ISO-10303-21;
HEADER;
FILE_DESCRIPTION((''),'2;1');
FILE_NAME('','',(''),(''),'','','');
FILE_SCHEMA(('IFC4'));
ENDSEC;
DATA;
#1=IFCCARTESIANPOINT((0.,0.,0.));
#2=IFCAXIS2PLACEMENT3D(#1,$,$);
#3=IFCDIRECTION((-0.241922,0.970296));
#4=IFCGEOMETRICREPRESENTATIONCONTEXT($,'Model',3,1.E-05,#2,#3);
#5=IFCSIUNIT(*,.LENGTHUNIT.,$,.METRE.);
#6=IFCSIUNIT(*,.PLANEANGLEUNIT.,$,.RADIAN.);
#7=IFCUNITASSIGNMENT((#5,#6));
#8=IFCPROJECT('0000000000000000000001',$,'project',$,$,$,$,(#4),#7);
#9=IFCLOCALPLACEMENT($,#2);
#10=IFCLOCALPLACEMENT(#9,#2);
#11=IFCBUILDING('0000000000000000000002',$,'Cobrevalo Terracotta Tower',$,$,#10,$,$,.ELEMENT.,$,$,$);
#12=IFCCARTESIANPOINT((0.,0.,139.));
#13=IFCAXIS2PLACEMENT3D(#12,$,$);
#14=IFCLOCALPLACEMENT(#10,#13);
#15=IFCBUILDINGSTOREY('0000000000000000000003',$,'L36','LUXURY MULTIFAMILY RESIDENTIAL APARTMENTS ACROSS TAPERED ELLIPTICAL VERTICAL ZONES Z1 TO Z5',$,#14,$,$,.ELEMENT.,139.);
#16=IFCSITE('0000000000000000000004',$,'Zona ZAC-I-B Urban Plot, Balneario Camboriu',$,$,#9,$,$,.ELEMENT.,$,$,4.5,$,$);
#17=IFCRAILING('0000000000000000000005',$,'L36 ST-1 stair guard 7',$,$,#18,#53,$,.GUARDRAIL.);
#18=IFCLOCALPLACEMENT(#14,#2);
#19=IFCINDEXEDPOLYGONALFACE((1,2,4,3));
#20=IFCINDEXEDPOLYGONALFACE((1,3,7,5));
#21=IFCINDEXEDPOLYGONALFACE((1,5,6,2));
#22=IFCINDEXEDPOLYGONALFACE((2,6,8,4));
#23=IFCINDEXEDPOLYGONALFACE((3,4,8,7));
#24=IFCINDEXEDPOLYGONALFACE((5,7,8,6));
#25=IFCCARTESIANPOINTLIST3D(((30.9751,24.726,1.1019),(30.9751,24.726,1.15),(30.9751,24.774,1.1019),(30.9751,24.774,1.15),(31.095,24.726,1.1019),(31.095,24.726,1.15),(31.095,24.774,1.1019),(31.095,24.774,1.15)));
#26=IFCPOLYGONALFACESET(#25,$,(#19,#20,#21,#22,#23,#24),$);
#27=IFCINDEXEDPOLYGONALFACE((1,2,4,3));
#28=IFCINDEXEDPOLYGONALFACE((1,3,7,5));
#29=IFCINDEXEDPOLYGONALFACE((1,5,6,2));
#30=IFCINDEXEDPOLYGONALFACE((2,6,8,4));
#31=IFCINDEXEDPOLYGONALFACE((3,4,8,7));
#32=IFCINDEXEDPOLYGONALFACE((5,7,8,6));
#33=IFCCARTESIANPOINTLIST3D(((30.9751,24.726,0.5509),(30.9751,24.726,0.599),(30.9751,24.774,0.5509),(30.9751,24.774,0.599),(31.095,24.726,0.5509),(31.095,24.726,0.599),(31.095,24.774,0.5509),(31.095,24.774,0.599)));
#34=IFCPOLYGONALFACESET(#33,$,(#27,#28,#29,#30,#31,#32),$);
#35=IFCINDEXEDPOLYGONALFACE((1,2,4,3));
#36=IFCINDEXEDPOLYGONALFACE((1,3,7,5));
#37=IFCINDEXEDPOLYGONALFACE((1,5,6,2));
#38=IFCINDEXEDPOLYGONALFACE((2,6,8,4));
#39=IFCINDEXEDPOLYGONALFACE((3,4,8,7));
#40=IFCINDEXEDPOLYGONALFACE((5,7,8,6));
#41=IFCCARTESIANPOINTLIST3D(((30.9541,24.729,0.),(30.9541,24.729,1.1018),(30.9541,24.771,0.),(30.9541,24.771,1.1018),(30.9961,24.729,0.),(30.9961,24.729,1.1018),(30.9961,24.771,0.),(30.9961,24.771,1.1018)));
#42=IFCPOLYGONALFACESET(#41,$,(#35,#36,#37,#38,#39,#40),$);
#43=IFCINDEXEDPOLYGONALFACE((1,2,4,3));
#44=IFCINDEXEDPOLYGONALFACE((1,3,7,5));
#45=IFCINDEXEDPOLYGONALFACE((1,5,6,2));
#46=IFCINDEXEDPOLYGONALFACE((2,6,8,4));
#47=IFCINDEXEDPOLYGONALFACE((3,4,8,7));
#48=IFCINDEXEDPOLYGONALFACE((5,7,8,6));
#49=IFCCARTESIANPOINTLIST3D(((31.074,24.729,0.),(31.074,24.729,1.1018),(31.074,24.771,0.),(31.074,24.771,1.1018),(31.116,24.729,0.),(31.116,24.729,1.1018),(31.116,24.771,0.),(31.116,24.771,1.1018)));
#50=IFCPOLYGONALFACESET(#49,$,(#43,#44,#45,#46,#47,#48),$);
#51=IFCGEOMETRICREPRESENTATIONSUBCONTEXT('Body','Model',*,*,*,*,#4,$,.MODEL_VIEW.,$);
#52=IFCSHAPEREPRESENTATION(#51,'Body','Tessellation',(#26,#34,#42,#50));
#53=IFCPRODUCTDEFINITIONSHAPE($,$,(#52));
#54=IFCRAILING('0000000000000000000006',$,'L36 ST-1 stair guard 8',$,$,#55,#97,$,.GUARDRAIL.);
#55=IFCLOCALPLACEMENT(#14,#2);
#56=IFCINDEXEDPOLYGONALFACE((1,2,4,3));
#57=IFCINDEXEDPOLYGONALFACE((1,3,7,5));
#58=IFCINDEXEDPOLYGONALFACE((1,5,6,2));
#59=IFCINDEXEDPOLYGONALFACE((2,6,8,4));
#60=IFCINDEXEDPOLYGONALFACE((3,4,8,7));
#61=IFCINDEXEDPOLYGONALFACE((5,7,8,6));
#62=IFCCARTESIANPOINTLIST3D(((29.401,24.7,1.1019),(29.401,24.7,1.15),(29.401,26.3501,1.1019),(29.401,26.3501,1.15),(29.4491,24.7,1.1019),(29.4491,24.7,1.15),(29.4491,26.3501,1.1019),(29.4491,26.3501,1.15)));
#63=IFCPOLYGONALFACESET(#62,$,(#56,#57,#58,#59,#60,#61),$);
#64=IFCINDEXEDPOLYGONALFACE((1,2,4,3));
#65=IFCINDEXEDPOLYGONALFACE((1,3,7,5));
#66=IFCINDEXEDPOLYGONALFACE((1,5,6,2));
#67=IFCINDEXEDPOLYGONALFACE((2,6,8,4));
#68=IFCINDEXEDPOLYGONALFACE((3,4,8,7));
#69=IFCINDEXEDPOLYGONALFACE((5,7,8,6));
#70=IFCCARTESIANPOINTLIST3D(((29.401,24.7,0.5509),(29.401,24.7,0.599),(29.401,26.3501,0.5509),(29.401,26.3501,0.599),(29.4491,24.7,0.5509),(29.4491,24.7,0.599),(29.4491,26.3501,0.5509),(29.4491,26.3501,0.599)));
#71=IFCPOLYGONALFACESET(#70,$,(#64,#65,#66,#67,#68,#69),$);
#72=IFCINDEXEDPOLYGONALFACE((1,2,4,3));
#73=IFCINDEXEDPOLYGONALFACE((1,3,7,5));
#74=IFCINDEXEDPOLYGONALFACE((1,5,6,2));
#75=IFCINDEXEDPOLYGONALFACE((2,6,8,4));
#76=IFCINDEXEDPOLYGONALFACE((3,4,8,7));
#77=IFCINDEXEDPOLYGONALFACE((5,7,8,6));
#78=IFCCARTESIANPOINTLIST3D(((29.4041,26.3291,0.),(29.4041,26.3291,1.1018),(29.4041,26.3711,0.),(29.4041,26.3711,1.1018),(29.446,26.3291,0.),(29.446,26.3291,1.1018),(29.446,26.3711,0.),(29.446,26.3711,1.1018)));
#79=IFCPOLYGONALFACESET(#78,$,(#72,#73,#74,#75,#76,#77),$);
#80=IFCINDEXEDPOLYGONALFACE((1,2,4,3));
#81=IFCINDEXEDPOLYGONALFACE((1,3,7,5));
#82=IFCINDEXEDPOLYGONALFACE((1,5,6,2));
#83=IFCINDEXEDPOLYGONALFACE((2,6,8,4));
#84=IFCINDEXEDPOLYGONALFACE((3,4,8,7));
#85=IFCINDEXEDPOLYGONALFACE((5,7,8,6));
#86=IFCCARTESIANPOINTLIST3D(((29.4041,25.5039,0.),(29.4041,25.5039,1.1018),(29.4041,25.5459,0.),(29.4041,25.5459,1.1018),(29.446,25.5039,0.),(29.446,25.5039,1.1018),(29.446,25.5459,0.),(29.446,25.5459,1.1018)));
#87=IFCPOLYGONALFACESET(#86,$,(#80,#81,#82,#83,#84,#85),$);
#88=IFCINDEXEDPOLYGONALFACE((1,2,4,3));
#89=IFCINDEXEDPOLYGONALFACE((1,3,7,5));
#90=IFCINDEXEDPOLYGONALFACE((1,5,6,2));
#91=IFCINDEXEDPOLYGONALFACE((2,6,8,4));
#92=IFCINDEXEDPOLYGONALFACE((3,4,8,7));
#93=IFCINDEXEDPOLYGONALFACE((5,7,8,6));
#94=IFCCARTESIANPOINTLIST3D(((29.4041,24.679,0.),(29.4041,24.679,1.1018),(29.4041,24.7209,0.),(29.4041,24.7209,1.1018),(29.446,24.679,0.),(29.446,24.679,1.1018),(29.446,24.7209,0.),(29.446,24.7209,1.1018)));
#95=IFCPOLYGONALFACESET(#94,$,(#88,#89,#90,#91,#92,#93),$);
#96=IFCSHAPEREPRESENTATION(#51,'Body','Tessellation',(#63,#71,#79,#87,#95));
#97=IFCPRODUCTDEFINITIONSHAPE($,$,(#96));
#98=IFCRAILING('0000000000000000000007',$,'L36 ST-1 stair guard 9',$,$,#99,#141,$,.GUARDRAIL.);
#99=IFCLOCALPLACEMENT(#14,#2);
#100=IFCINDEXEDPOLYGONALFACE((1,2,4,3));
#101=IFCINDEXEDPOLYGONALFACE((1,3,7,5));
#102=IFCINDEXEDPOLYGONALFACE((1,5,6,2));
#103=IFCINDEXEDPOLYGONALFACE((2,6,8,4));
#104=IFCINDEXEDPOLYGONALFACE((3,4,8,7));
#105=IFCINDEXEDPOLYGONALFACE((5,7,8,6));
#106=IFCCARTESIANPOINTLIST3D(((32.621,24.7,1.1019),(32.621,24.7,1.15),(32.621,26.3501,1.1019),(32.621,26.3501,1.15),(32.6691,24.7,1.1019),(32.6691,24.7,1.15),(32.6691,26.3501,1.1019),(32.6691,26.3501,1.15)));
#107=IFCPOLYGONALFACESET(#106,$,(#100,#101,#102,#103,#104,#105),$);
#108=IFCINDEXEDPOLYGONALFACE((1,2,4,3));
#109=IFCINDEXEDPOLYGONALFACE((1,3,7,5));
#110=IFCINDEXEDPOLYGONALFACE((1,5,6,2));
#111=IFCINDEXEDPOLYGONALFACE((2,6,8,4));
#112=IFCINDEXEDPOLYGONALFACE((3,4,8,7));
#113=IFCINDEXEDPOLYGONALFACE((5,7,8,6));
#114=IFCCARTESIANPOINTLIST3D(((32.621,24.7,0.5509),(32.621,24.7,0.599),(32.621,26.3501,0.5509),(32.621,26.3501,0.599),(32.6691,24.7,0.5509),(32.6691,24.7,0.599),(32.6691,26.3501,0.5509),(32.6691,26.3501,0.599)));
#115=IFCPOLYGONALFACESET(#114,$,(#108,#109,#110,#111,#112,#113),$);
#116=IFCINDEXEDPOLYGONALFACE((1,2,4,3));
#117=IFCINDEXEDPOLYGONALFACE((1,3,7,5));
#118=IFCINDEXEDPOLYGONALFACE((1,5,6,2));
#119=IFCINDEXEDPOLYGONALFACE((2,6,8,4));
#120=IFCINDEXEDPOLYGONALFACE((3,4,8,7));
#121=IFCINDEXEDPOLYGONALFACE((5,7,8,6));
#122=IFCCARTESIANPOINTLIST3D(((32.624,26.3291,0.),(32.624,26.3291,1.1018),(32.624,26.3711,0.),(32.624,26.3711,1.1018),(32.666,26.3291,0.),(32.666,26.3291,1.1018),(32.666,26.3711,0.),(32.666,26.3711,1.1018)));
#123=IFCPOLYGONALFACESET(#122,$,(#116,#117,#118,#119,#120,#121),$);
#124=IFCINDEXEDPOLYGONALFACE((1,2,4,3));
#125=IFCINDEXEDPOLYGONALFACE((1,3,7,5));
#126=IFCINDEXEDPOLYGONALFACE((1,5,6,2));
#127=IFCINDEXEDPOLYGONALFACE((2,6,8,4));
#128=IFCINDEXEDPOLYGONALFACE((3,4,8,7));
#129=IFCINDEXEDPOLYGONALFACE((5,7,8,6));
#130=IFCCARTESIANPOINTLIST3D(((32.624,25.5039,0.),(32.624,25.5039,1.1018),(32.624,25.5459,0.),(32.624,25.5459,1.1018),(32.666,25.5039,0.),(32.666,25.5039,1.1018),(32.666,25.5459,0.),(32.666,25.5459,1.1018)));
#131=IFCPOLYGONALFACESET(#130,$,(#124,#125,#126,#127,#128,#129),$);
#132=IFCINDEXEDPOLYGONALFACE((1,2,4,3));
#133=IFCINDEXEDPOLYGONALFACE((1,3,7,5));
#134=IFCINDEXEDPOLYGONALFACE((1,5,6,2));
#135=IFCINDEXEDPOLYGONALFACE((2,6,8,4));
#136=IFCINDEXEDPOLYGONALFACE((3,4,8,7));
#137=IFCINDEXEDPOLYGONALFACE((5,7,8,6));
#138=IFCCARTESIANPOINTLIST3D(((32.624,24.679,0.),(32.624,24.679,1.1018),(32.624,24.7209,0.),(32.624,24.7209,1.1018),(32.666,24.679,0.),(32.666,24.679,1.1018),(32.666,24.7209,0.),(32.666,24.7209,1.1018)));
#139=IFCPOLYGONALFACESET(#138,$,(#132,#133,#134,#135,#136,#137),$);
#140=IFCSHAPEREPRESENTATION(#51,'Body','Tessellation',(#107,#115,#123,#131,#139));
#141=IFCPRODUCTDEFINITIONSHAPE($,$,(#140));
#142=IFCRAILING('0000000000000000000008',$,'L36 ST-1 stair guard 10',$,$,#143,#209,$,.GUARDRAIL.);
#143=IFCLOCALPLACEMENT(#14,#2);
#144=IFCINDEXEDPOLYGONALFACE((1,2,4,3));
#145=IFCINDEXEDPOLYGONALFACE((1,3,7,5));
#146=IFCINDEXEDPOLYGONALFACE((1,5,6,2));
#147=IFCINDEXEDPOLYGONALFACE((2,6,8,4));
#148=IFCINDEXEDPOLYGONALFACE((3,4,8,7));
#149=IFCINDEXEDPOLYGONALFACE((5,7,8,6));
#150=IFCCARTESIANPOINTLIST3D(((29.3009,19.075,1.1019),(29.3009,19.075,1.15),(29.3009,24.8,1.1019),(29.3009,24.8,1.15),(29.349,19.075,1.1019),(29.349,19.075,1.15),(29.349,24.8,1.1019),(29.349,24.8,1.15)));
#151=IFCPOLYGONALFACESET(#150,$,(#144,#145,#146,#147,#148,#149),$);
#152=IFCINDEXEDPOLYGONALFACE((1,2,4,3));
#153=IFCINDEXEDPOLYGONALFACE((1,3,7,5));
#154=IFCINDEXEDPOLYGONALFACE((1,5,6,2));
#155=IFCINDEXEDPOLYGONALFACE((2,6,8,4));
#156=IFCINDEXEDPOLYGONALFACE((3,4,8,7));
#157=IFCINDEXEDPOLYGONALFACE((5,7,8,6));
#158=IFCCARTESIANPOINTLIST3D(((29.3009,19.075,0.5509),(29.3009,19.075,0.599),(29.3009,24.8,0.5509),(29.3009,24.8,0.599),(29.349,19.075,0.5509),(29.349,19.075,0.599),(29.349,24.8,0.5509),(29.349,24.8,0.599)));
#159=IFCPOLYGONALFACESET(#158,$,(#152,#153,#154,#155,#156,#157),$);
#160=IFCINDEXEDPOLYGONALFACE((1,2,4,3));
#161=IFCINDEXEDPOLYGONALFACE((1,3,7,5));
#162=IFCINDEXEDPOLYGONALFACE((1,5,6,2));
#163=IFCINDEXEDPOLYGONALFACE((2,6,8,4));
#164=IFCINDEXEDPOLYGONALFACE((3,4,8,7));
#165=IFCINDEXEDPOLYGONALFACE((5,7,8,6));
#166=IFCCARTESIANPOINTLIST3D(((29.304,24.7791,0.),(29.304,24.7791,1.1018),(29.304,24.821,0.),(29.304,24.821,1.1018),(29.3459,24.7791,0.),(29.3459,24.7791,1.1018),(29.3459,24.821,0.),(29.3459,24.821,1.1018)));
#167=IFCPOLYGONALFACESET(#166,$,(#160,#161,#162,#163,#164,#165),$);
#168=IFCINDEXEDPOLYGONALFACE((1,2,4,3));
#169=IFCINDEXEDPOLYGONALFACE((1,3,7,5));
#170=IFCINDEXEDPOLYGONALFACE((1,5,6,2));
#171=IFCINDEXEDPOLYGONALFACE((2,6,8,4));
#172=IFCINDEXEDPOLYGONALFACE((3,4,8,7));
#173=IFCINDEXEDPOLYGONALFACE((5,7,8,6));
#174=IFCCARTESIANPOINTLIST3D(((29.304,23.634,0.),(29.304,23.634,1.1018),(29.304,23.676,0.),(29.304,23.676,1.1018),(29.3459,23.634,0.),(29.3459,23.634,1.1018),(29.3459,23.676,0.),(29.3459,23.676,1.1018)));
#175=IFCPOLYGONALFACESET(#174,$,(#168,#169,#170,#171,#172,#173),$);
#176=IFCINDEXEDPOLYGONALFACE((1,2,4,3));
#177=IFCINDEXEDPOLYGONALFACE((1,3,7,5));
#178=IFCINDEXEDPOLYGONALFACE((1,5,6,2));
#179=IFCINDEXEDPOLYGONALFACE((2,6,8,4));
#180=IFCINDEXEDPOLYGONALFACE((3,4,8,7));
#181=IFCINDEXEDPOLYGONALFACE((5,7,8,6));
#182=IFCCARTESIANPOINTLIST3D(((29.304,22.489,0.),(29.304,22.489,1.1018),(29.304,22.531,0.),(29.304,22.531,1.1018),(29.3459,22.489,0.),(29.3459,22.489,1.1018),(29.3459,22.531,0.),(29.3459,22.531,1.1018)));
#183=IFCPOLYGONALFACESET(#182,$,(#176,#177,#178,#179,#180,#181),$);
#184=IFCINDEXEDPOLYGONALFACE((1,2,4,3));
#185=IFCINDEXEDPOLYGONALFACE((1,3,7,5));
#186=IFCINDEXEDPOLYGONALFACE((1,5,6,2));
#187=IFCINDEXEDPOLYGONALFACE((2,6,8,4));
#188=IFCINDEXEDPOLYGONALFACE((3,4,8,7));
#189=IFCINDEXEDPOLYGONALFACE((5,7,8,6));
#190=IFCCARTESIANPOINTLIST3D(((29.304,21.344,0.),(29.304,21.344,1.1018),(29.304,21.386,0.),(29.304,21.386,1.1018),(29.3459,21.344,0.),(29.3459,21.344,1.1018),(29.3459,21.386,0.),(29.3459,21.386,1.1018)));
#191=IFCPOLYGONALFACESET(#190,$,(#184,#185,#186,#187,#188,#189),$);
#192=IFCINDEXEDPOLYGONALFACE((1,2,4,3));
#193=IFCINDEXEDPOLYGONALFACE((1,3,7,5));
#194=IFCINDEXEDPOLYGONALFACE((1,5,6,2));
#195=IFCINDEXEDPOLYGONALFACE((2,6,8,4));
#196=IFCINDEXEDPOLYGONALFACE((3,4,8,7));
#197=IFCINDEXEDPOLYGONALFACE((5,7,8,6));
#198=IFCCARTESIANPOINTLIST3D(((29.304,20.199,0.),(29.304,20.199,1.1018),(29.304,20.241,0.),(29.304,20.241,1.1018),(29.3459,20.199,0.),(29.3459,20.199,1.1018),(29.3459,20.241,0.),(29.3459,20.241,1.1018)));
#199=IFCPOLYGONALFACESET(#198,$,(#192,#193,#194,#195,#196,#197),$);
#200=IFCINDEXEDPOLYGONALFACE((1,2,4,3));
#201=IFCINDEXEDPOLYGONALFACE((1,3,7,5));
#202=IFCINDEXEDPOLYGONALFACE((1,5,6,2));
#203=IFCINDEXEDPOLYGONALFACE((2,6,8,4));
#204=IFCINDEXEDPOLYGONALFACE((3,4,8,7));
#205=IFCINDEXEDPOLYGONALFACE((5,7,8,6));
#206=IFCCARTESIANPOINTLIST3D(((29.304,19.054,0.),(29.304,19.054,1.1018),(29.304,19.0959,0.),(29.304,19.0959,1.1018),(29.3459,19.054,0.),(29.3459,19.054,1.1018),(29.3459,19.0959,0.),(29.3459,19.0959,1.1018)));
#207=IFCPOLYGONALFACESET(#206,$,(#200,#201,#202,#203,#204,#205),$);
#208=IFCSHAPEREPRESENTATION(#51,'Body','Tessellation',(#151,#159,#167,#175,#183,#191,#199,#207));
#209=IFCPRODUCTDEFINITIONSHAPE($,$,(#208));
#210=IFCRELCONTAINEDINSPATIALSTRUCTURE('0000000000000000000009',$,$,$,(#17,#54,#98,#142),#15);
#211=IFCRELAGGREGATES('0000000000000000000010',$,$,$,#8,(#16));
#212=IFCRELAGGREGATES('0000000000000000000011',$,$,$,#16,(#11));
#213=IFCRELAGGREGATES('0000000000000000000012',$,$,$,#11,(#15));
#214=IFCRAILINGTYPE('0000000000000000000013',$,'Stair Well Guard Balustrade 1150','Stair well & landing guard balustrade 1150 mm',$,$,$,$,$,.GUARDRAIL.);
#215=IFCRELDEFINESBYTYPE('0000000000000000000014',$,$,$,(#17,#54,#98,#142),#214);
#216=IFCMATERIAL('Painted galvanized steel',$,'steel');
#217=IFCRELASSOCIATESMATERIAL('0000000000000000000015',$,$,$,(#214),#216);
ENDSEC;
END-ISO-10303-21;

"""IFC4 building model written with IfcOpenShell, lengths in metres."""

from ifc_helpers import new_model, si_unit, direction, frame, origin, origin_2d, place, context, subcontext, project, spatial, rectangle, extrude, material, type_object, element, save


model = new_model("IFC4")

# Units and contexts
model_context = context("Model", 3, precision=1e-05, world=origin(), true_north=direction((-0.241922, 0.970296)))
body_context = subcontext(model_context, "Body", "Model", "MODEL_VIEW")
ifc_project = project(units=[si_unit("LENGTHUNIT", "METRE"), si_unit("PLANEANGLEUNIT", "RADIAN")], contexts=[model_context])

# Site, building, storey
site_placement = place(None, origin())
site = spatial("IfcSite", under=ifc_project, at=site_placement, Name="Zona ZAC-I-B Urban Plot, Balneario Camboriu", CompositionType="ELEMENT", RefElevation=4.5)
building_placement = place(site_placement, origin())
building = spatial("IfcBuilding", under=site, at=building_placement, Name="Cobrevalo Terracotta Tower", CompositionType="ELEMENT")
storey_placement = place(building_placement, frame((0.0, 0.0, 139.0)))
storey = spatial("IfcBuildingStorey", under=building, at=storey_placement, Name="L36", Description="LUXURY MULTIFAMILY RESIDENTIAL APARTMENTS ACROSS TAPERED ELLIPTICAL VERTICAL ZONES Z1 TO Z5", CompositionType="ELEMENT", Elevation=139.0)

# Railings
ifc_material_1 = material(Name="Painted galvanized steel", Category="steel")
railing_type_1 = type_object("IfcRailingType", Name="Stair Well Guard Balustrade 1150", Description="Stair well & landing guard balustrade 1150 mm", PredefinedType="GUARDRAIL", material=ifc_material_1)
railing_1_placement = place(storey_placement, frame((30.9751, 24.75, 0.0)))
element("IfcRailing", 1, at=railing_1_placement, inside=storey, type_object=railing_type_1, Name="L36 ST-1 stair guard 7", PredefinedType="GUARDRAIL", context=body_context, shape_type="SweptSolid", body=[
    extrude(rectangle(XDim=0.0481, YDim=0.0481, at=origin_2d()), frame((0.0, 0.0, 1.126), z_axis=(1.0, 0.0, 0.0), x_axis=(0.0, 1.0, 0.0)), (0.0, 0.0, 1.0), 0.1199),
    extrude(rectangle(XDim=0.0481, YDim=0.0481, at=origin_2d()), frame((0.0, 0.0, 0.575), z_axis=(1.0, 0.0, 0.0), x_axis=(0.0, 1.0, 0.0)), (0.0, 0.0, 1.0), 0.1199),
    extrude(rectangle(XDim=0.042, YDim=0.042, at=origin_2d()), origin(), (0.0, 0.0, 1.0), 1.1018),
    extrude(rectangle(XDim=0.042, YDim=0.042, at=origin_2d()), frame((0.1199, 0.0, 0.0)), (0.0, 0.0, 1.0), 1.1018),
])
for number, where, name in (
    (2, (29.425, 26.3501, 0.0), "L36 ST-1 stair guard 8"),
    (3, (32.645, 26.3501, 0.0), "L36 ST-1 stair guard 9"),
):
    element("IfcRailing", number, at=place(storey_placement, frame(where)), inside=storey, type_object=railing_type_1, Name=name, PredefinedType="GUARDRAIL", context=body_context, shape_type="SweptSolid", body=[
        extrude(rectangle(XDim=0.0481, YDim=0.0481, at=origin_2d()), frame((0.0, 0.0, 1.126), z_axis=(0.0, -1.0, 0.0), x_axis=(1.0, 0.0, 0.0)), (0.0, 0.0, 1.0), 1.6501),
        extrude(rectangle(XDim=0.0481, YDim=0.0481, at=origin_2d()), frame((0.0, 0.0, 0.575), z_axis=(0.0, -1.0, 0.0), x_axis=(1.0, 0.0, 0.0)), (0.0, 0.0, 1.0), 1.6501),
        extrude(rectangle(XDim=0.042, YDim=0.042, at=origin_2d()), origin(), (0.0, 0.0, 1.0), 1.1018),
        extrude(rectangle(XDim=0.042, YDim=0.042, at=origin_2d()), frame((0.0, -0.8252, 0.0)), (0.0, 0.0, 1.0), 1.1018),
        extrude(rectangle(XDim=0.042, YDim=0.042, at=origin_2d()), frame((0.0, -1.6501, 0.0)), (0.0, 0.0, 1.0), 1.1018),
    ])
for number, where, name in (
    (4, (29.325, 24.8, 0.0), "L36 ST-1 stair guard 10"),
):
    element("IfcRailing", number, at=place(storey_placement, frame(where)), inside=storey, type_object=railing_type_1, Name=name, PredefinedType="GUARDRAIL", context=body_context, shape_type="SweptSolid", body=[
        extrude(rectangle(XDim=0.0481, YDim=0.0481, at=origin_2d()), frame((0.0, 0.0, 1.126), z_axis=(0.0, -1.0, 0.0), x_axis=(1.0, 0.0, 0.0)), (0.0, 0.0, 1.0), 5.7251),
        extrude(rectangle(XDim=0.0481, YDim=0.0481, at=origin_2d()), frame((0.0, 0.0, 0.575), z_axis=(0.0, -1.0, 0.0), x_axis=(1.0, 0.0, 0.0)), (0.0, 0.0, 1.0), 5.7251),
        extrude(rectangle(XDim=0.042, YDim=0.042, at=origin_2d()), origin(), (0.0, 0.0, 1.0), 1.1018),
        extrude(rectangle(XDim=0.042, YDim=0.042, at=origin_2d()), frame((0.0, -1.145, 0.0)), (0.0, 0.0, 1.0), 1.1018),
        extrude(rectangle(XDim=0.042, YDim=0.042, at=origin_2d()), frame((0.0, -2.29, 0.0)), (0.0, 0.0, 1.0), 1.1018),
        extrude(rectangle(XDim=0.042, YDim=0.042, at=origin_2d()), frame((0.0, -3.4351, 0.0)), (0.0, 0.0, 1.0), 1.1018),
        extrude(rectangle(XDim=0.042, YDim=0.042, at=origin_2d()), frame((0.0, -4.5801, 0.0)), (0.0, 0.0, 1.0), 1.1018),
        extrude(rectangle(XDim=0.042, YDim=0.042, at=origin_2d()), frame((0.0, -5.7251, 0.0)), (0.0, 0.0, 1.0), 1.1018),
    ])

save(model, "model.ifc")
